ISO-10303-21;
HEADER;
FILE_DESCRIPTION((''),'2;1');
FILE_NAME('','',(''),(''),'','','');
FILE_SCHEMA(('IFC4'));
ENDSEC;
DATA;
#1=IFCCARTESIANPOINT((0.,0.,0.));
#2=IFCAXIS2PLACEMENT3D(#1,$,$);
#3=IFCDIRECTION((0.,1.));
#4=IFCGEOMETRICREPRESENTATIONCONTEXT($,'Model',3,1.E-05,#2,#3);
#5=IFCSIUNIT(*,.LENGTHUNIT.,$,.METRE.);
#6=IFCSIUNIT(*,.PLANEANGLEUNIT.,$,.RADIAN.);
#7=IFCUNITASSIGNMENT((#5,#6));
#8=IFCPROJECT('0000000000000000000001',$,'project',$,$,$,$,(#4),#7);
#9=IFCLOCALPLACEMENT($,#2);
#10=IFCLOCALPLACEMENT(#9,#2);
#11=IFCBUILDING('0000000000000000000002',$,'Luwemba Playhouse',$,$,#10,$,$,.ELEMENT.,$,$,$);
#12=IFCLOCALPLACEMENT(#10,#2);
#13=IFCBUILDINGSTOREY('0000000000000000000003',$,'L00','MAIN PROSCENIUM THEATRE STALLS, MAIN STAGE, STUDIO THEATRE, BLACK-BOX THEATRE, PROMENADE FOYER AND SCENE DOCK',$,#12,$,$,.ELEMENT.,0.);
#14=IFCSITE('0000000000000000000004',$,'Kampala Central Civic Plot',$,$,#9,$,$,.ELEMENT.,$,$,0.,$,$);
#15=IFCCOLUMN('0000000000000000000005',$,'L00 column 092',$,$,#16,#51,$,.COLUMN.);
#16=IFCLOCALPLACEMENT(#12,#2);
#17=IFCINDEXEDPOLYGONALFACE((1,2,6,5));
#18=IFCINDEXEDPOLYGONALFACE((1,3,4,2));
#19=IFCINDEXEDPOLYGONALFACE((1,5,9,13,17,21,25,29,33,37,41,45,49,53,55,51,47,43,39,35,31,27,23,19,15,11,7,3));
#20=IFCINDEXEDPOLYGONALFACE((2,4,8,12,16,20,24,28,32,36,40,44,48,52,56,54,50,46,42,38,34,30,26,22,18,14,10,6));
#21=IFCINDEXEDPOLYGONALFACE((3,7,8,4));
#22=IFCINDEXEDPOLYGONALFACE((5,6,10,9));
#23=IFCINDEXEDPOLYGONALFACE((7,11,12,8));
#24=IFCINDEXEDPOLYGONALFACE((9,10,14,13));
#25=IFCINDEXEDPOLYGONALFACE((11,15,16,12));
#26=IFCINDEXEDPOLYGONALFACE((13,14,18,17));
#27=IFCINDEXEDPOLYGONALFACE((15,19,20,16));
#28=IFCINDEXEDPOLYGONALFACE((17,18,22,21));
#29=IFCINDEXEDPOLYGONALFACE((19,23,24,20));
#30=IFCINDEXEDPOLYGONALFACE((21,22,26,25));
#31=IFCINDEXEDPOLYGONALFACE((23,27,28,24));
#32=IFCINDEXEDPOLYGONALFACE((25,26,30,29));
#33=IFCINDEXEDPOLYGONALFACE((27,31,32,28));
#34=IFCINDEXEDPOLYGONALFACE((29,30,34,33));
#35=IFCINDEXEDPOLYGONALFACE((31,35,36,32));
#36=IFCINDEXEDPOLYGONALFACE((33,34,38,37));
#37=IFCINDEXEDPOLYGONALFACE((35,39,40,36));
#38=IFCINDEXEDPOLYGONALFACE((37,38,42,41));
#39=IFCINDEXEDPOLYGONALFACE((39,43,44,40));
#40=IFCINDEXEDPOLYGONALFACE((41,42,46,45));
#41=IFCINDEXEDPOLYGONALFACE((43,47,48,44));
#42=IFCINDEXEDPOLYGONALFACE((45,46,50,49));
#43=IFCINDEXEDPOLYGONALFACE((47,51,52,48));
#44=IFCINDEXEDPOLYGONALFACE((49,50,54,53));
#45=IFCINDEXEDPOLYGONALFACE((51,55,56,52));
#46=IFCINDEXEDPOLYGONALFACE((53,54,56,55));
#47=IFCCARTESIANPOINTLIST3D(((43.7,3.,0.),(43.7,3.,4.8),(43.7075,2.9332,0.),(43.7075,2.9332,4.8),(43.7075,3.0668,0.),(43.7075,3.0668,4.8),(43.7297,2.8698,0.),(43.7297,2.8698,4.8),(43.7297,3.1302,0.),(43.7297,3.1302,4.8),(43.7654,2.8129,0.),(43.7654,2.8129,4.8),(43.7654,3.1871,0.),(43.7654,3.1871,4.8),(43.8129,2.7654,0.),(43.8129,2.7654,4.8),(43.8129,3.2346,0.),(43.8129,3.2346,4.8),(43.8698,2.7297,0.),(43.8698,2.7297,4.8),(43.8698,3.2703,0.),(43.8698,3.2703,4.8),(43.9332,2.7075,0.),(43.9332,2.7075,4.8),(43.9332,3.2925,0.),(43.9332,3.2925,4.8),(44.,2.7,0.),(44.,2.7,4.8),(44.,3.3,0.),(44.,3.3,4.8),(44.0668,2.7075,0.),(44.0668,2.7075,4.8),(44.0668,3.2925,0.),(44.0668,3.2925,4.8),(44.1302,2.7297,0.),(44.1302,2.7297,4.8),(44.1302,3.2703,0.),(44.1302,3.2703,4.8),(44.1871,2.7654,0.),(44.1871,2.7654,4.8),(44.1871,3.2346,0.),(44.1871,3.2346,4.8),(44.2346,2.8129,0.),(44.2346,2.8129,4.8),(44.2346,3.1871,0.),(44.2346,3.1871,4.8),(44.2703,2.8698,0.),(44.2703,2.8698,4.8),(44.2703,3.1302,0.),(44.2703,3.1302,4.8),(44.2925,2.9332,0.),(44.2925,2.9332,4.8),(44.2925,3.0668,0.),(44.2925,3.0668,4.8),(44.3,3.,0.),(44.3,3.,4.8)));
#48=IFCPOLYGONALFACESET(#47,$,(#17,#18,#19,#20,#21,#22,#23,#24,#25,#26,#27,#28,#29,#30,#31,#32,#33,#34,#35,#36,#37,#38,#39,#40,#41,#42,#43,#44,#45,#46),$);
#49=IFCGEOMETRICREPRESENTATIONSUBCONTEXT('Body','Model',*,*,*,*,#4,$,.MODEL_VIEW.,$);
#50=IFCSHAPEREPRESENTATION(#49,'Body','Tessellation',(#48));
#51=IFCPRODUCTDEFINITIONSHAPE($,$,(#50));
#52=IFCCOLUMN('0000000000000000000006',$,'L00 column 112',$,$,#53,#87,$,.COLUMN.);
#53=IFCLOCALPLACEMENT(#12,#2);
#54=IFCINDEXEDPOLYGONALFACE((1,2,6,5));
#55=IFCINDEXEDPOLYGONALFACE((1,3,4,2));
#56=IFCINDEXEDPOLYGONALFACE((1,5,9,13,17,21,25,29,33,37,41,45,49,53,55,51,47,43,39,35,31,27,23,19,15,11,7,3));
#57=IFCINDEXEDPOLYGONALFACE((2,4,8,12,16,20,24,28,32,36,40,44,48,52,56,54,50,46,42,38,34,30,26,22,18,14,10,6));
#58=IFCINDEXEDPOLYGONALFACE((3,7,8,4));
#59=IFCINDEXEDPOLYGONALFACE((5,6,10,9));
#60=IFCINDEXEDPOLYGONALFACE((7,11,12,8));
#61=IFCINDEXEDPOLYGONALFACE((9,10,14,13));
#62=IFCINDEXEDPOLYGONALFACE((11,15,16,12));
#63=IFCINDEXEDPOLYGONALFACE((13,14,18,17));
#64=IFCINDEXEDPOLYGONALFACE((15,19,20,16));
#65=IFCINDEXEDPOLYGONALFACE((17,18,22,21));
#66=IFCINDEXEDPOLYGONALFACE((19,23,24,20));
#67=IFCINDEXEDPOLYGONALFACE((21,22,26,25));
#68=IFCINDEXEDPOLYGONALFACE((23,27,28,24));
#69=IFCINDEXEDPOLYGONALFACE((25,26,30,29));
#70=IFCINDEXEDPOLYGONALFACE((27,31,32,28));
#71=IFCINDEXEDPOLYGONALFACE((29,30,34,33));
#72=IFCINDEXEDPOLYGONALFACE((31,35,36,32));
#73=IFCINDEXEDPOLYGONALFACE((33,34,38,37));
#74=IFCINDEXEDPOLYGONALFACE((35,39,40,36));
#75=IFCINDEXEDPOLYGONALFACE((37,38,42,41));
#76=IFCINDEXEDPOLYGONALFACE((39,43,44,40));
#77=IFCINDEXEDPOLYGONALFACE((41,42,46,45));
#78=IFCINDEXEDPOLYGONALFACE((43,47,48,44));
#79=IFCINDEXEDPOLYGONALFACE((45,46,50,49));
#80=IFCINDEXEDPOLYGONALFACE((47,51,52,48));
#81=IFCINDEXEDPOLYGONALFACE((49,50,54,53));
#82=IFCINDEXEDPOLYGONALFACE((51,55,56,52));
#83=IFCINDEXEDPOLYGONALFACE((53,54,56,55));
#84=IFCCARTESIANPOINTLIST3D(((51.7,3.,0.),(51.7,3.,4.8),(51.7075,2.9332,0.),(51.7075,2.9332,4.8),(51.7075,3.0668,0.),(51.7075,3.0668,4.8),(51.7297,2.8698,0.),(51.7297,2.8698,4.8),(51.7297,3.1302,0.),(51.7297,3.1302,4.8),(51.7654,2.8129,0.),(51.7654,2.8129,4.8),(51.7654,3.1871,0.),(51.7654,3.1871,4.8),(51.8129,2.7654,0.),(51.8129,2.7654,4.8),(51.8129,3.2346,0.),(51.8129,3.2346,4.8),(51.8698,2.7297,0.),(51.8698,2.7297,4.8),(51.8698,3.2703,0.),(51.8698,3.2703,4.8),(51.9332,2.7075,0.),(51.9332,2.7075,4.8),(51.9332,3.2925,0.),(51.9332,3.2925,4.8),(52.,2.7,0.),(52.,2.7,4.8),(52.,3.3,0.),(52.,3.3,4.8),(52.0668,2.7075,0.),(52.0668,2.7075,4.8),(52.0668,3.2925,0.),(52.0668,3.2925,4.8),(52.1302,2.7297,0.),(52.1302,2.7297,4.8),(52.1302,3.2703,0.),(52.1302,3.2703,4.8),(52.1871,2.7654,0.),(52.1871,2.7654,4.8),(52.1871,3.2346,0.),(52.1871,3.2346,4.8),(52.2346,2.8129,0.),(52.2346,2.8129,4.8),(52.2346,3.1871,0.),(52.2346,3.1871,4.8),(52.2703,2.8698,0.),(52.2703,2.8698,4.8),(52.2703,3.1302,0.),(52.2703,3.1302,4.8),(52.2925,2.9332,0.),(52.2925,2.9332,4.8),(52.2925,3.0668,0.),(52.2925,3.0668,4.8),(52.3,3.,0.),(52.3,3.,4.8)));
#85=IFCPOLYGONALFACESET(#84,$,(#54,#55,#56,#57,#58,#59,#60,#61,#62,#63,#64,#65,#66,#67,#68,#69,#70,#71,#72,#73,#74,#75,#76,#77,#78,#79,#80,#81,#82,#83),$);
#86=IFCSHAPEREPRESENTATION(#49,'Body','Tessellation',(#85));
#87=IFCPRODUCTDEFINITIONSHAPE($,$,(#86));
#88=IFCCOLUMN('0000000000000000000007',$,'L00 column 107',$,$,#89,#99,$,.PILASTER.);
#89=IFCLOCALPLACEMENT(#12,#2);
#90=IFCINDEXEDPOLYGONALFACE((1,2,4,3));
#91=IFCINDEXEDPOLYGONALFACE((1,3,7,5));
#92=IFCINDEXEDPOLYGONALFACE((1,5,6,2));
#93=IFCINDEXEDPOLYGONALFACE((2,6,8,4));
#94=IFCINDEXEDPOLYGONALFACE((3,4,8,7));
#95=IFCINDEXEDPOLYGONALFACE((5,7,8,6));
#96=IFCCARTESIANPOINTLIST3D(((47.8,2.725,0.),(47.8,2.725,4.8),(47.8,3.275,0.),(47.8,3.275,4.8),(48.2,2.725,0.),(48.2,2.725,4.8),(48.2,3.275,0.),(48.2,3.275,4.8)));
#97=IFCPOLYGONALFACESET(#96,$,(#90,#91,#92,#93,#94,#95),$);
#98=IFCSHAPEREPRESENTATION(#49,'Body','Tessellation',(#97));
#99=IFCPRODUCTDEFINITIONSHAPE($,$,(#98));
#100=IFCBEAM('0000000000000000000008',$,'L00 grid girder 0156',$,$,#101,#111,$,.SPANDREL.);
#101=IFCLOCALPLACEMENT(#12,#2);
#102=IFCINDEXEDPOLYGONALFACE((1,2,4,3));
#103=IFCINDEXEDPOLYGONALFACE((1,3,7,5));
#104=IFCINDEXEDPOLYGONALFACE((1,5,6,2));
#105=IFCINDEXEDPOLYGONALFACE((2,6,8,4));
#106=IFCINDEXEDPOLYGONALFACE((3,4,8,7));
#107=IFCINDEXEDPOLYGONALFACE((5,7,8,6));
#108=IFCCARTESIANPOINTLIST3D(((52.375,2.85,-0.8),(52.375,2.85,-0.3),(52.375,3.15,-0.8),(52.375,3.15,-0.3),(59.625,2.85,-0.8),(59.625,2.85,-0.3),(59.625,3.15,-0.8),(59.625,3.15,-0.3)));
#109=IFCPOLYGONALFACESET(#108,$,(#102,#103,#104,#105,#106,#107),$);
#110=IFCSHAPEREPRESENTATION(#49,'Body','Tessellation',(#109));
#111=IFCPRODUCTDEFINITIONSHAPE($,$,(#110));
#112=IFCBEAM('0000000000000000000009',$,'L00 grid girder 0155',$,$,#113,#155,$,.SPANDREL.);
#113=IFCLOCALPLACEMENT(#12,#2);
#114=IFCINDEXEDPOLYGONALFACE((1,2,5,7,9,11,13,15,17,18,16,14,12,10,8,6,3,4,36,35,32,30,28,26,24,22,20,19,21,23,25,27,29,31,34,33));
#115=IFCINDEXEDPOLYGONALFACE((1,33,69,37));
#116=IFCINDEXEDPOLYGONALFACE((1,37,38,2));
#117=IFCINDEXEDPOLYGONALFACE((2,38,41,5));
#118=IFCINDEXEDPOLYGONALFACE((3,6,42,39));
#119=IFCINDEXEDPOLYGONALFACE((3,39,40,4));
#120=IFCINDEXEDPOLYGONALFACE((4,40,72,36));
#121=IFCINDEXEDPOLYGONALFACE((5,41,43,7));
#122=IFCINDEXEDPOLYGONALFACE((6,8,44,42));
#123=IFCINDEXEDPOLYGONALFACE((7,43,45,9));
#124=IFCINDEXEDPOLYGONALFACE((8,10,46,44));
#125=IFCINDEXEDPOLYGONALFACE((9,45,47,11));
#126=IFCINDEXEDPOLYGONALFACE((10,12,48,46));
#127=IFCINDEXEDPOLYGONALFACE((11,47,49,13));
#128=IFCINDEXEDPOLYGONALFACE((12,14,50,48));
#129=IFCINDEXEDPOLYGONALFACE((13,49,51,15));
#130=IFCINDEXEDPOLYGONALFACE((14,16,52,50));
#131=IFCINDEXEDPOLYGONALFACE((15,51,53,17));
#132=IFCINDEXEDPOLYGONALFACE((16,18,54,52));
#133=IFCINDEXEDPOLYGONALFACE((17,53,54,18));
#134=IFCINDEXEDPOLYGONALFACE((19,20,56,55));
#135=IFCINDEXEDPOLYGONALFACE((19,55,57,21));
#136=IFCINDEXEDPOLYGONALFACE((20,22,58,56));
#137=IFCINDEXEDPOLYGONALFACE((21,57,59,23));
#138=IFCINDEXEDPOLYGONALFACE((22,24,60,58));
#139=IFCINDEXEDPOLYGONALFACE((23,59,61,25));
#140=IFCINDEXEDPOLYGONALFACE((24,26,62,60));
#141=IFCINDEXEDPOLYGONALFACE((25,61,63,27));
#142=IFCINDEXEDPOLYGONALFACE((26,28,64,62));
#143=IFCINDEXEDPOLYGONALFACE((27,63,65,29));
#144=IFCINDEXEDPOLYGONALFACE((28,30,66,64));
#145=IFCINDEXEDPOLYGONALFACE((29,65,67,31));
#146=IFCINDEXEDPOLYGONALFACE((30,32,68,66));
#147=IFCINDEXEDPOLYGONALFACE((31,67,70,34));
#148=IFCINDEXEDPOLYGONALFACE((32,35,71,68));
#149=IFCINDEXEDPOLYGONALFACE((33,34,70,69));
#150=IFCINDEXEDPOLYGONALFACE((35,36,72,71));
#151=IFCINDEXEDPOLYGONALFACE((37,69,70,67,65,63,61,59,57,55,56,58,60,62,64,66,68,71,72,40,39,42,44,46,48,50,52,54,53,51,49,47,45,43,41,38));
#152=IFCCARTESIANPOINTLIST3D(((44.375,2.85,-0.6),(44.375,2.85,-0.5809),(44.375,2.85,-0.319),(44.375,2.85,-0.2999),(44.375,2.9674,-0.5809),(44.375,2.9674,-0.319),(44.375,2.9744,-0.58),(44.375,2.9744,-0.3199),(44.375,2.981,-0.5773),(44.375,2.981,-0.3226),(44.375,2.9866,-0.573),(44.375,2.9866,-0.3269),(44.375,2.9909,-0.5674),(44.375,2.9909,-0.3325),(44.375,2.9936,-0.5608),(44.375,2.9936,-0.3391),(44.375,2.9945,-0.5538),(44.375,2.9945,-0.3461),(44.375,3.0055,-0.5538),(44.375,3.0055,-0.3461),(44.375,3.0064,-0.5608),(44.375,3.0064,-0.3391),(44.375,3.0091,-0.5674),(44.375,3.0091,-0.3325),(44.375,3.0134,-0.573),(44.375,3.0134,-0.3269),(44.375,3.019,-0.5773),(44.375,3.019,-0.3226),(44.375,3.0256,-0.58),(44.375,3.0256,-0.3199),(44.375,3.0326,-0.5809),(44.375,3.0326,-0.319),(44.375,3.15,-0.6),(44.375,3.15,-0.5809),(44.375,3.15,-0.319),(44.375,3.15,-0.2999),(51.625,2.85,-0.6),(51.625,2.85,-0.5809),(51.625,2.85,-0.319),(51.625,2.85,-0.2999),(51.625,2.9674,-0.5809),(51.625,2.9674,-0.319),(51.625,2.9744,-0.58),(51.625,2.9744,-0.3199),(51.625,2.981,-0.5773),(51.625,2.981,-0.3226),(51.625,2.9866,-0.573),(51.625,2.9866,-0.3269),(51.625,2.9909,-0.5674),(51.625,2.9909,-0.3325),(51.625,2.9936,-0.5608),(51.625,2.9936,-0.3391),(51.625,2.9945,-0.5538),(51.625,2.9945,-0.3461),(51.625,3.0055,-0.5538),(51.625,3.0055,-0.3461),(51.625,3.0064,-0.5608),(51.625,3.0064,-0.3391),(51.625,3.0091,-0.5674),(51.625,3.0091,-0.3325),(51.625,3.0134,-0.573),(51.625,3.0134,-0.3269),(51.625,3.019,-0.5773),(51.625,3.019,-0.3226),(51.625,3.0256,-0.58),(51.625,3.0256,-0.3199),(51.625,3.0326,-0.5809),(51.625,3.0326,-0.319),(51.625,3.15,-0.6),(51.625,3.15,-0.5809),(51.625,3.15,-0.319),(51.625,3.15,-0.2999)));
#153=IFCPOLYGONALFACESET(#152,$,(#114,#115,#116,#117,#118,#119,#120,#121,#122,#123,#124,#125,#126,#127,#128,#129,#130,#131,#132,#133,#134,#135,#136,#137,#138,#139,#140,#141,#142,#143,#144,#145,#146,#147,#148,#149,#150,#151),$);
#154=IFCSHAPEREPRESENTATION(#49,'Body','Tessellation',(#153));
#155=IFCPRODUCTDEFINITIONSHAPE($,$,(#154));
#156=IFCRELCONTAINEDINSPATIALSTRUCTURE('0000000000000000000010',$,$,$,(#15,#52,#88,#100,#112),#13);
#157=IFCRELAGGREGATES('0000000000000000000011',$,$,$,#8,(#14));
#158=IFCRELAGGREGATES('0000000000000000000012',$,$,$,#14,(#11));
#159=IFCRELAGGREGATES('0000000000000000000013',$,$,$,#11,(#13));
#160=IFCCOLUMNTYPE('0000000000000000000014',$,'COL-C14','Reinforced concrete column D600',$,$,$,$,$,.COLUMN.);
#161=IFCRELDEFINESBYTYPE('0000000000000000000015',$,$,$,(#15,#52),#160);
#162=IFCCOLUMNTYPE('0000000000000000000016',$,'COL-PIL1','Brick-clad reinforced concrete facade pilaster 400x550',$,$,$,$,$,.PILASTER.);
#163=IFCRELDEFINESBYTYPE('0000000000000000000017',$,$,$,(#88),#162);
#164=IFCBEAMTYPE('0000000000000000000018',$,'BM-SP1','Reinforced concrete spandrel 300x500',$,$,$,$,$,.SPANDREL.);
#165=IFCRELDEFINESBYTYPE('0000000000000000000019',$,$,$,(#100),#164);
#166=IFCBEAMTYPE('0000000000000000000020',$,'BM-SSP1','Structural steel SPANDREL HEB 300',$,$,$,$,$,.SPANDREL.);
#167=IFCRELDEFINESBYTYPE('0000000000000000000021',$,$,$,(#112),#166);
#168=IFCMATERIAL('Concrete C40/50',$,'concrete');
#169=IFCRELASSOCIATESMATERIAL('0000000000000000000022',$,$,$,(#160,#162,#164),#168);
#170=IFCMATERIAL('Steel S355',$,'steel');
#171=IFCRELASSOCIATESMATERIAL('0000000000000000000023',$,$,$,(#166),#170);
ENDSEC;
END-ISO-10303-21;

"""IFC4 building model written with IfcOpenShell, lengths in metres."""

from ifc_helpers import new_model, si_unit, direction, frame, origin, origin_2d, place, context, subcontext, project, spatial, rectangle, circle, i_section, extrude, material, material_profile, profile_set, type_object, element, save


model = new_model("IFC4")

# Units and contexts
model_context = context("Model", 3, precision=1e-05, world=origin(), true_north=direction((0.0, 1.0)))
body_context = subcontext(model_context, "Body", "Model", "MODEL_VIEW")
ifc_project = project(units=[si_unit("LENGTHUNIT", "METRE"), si_unit("PLANEANGLEUNIT", "RADIAN")], contexts=[model_context])

# Site, building, storey
site_placement = place(None, origin())
site = spatial("IfcSite", under=ifc_project, at=site_placement, Name="Kampala Central Civic Plot", CompositionType="ELEMENT", RefElevation=0.0)
building_placement = place(site_placement, origin())
building = spatial("IfcBuilding", under=site, at=building_placement, Name="Luwemba Playhouse", CompositionType="ELEMENT")
storey_placement = place(building_placement, origin())
storey = spatial("IfcBuildingStorey", under=building, at=storey_placement, Name="L00", Description="MAIN PROSCENIUM THEATRE STALLS, MAIN STAGE, STUDIO THEATRE, BLACK-BOX THEATRE, PROMENADE FOYER AND SCENE DOCK", CompositionType="ELEMENT", Elevation=0.0)

# Columns
ifc_material_1 = material(Name="Concrete C40/50", Category="concrete")
ifc_material_profile_1 = material_profile(ifc_material_1, circle(Radius=0.3, at=origin_2d()))
ifc_profile_set_1 = profile_set([ifc_material_profile_1], Name="Concrete C40/50")
column_type_1 = type_object("IfcColumnType", Name="COL-C14", Description="Reinforced concrete column D600", PredefinedType="COLUMN", material=ifc_profile_set_1)
for number, where, z_axis, x_axis, name in (
    (1, (44.0, 3.0, 0.0), (0.0, 0.0, 1.0), (1.0, 0.0, 0.0), "L00 column 092"),
    (2, (52.0, 3.0, 0.0), (0.0, 0.0, 1.0), (1.0, 0.0, 0.0), "L00 column 112"),
):
    element("IfcColumn", number, at=place(storey_placement, frame(where, z_axis=z_axis, x_axis=x_axis)), inside=storey, type_object=column_type_1, Name=name, PredefinedType="COLUMN", context=body_context, shape_type="SweptSolid", body=[
        extrude(circle(Radius=0.3, at=origin_2d()), origin(), (0.0, 0.0, 1.0), 4.8),
    ])
ifc_material_profile_2 = material_profile(ifc_material_1, rectangle(XDim=0.3999, YDim=0.55, at=origin_2d()))
ifc_profile_set_2 = profile_set([ifc_material_profile_2], Name="Concrete C40/50")
column_type_2 = type_object("IfcColumnType", Name="COL-PIL1", Description="Brick-clad reinforced concrete facade pilaster 400x550", PredefinedType="PILASTER", material=ifc_profile_set_2)
column_placement = place(storey_placement, frame((48.0, 3.0, 0.0), z_axis=(0.0, 0.0, 1.0), x_axis=(1.0, 0.0, 0.0)))
element("IfcColumn", 3, at=column_placement, inside=storey, type_object=column_type_2, Name="L00 column 107", PredefinedType="PILASTER", context=body_context, shape_type="SweptSolid", body=[
    extrude(rectangle(XDim=0.3999, YDim=0.55, at=origin_2d()), origin(), (0.0, 0.0, 1.0), 4.8),
])

# Beams
ifc_material_profile_3 = material_profile(ifc_material_1, rectangle(XDim=0.3, YDim=0.5, at=origin_2d()))
ifc_profile_set_3 = profile_set([ifc_material_profile_3], Name="Concrete C40/50")
beam_type_1 = type_object("IfcBeamType", Name="BM-SP1", Description="Reinforced concrete spandrel 300x500", PredefinedType="SPANDREL", material=ifc_profile_set_3)
beam_1_placement = place(storey_placement, frame((52.375, 3.0, -0.55), z_axis=(1.0, 0.0, 0.0), x_axis=(0.0, 1.0, 0.0)))
element("IfcBeam", 4, at=beam_1_placement, inside=storey, type_object=beam_type_1, Name="L00 grid girder 0156", PredefinedType="SPANDREL", context=body_context, shape_type="SweptSolid", body=[
    extrude(rectangle(XDim=0.3, YDim=0.5, at=origin_2d()), origin(), (0.0, 0.0, 1.0), 7.25),
])
ifc_material_2 = material(Name="Steel S355", Category="steel")
ifc_material_profile_4 = material_profile(ifc_material_2, i_section(OverallWidth=0.3, OverallDepth=0.3, WebThickness=0.011, FlangeThickness=0.019, FilletRadius=0.0271, at=origin_2d()))
ifc_profile_set_4 = profile_set([ifc_material_profile_4], Name="Steel S355")
beam_type_2 = type_object("IfcBeamType", Name="BM-SSP1", Description="Structural steel SPANDREL HEB 300", PredefinedType="SPANDREL", material=ifc_profile_set_4)
beam_2_placement = place(storey_placement, frame((44.375, 3.0, -0.45), z_axis=(1.0, 0.0, 0.0), x_axis=(0.0, 1.0, 0.0)))
element("IfcBeam", 5, at=beam_2_placement, inside=storey, type_object=beam_type_2, Name="L00 grid girder 0155", PredefinedType="SPANDREL", context=body_context, shape_type="SweptSolid", body=[
    extrude(i_section(OverallWidth=0.3, OverallDepth=0.3, WebThickness=0.011, FlangeThickness=0.019, FilletRadius=0.0271, at=origin_2d()), origin(), (0.0, 0.0, 1.0), 7.25),
])

save(model, "model.ifc")
